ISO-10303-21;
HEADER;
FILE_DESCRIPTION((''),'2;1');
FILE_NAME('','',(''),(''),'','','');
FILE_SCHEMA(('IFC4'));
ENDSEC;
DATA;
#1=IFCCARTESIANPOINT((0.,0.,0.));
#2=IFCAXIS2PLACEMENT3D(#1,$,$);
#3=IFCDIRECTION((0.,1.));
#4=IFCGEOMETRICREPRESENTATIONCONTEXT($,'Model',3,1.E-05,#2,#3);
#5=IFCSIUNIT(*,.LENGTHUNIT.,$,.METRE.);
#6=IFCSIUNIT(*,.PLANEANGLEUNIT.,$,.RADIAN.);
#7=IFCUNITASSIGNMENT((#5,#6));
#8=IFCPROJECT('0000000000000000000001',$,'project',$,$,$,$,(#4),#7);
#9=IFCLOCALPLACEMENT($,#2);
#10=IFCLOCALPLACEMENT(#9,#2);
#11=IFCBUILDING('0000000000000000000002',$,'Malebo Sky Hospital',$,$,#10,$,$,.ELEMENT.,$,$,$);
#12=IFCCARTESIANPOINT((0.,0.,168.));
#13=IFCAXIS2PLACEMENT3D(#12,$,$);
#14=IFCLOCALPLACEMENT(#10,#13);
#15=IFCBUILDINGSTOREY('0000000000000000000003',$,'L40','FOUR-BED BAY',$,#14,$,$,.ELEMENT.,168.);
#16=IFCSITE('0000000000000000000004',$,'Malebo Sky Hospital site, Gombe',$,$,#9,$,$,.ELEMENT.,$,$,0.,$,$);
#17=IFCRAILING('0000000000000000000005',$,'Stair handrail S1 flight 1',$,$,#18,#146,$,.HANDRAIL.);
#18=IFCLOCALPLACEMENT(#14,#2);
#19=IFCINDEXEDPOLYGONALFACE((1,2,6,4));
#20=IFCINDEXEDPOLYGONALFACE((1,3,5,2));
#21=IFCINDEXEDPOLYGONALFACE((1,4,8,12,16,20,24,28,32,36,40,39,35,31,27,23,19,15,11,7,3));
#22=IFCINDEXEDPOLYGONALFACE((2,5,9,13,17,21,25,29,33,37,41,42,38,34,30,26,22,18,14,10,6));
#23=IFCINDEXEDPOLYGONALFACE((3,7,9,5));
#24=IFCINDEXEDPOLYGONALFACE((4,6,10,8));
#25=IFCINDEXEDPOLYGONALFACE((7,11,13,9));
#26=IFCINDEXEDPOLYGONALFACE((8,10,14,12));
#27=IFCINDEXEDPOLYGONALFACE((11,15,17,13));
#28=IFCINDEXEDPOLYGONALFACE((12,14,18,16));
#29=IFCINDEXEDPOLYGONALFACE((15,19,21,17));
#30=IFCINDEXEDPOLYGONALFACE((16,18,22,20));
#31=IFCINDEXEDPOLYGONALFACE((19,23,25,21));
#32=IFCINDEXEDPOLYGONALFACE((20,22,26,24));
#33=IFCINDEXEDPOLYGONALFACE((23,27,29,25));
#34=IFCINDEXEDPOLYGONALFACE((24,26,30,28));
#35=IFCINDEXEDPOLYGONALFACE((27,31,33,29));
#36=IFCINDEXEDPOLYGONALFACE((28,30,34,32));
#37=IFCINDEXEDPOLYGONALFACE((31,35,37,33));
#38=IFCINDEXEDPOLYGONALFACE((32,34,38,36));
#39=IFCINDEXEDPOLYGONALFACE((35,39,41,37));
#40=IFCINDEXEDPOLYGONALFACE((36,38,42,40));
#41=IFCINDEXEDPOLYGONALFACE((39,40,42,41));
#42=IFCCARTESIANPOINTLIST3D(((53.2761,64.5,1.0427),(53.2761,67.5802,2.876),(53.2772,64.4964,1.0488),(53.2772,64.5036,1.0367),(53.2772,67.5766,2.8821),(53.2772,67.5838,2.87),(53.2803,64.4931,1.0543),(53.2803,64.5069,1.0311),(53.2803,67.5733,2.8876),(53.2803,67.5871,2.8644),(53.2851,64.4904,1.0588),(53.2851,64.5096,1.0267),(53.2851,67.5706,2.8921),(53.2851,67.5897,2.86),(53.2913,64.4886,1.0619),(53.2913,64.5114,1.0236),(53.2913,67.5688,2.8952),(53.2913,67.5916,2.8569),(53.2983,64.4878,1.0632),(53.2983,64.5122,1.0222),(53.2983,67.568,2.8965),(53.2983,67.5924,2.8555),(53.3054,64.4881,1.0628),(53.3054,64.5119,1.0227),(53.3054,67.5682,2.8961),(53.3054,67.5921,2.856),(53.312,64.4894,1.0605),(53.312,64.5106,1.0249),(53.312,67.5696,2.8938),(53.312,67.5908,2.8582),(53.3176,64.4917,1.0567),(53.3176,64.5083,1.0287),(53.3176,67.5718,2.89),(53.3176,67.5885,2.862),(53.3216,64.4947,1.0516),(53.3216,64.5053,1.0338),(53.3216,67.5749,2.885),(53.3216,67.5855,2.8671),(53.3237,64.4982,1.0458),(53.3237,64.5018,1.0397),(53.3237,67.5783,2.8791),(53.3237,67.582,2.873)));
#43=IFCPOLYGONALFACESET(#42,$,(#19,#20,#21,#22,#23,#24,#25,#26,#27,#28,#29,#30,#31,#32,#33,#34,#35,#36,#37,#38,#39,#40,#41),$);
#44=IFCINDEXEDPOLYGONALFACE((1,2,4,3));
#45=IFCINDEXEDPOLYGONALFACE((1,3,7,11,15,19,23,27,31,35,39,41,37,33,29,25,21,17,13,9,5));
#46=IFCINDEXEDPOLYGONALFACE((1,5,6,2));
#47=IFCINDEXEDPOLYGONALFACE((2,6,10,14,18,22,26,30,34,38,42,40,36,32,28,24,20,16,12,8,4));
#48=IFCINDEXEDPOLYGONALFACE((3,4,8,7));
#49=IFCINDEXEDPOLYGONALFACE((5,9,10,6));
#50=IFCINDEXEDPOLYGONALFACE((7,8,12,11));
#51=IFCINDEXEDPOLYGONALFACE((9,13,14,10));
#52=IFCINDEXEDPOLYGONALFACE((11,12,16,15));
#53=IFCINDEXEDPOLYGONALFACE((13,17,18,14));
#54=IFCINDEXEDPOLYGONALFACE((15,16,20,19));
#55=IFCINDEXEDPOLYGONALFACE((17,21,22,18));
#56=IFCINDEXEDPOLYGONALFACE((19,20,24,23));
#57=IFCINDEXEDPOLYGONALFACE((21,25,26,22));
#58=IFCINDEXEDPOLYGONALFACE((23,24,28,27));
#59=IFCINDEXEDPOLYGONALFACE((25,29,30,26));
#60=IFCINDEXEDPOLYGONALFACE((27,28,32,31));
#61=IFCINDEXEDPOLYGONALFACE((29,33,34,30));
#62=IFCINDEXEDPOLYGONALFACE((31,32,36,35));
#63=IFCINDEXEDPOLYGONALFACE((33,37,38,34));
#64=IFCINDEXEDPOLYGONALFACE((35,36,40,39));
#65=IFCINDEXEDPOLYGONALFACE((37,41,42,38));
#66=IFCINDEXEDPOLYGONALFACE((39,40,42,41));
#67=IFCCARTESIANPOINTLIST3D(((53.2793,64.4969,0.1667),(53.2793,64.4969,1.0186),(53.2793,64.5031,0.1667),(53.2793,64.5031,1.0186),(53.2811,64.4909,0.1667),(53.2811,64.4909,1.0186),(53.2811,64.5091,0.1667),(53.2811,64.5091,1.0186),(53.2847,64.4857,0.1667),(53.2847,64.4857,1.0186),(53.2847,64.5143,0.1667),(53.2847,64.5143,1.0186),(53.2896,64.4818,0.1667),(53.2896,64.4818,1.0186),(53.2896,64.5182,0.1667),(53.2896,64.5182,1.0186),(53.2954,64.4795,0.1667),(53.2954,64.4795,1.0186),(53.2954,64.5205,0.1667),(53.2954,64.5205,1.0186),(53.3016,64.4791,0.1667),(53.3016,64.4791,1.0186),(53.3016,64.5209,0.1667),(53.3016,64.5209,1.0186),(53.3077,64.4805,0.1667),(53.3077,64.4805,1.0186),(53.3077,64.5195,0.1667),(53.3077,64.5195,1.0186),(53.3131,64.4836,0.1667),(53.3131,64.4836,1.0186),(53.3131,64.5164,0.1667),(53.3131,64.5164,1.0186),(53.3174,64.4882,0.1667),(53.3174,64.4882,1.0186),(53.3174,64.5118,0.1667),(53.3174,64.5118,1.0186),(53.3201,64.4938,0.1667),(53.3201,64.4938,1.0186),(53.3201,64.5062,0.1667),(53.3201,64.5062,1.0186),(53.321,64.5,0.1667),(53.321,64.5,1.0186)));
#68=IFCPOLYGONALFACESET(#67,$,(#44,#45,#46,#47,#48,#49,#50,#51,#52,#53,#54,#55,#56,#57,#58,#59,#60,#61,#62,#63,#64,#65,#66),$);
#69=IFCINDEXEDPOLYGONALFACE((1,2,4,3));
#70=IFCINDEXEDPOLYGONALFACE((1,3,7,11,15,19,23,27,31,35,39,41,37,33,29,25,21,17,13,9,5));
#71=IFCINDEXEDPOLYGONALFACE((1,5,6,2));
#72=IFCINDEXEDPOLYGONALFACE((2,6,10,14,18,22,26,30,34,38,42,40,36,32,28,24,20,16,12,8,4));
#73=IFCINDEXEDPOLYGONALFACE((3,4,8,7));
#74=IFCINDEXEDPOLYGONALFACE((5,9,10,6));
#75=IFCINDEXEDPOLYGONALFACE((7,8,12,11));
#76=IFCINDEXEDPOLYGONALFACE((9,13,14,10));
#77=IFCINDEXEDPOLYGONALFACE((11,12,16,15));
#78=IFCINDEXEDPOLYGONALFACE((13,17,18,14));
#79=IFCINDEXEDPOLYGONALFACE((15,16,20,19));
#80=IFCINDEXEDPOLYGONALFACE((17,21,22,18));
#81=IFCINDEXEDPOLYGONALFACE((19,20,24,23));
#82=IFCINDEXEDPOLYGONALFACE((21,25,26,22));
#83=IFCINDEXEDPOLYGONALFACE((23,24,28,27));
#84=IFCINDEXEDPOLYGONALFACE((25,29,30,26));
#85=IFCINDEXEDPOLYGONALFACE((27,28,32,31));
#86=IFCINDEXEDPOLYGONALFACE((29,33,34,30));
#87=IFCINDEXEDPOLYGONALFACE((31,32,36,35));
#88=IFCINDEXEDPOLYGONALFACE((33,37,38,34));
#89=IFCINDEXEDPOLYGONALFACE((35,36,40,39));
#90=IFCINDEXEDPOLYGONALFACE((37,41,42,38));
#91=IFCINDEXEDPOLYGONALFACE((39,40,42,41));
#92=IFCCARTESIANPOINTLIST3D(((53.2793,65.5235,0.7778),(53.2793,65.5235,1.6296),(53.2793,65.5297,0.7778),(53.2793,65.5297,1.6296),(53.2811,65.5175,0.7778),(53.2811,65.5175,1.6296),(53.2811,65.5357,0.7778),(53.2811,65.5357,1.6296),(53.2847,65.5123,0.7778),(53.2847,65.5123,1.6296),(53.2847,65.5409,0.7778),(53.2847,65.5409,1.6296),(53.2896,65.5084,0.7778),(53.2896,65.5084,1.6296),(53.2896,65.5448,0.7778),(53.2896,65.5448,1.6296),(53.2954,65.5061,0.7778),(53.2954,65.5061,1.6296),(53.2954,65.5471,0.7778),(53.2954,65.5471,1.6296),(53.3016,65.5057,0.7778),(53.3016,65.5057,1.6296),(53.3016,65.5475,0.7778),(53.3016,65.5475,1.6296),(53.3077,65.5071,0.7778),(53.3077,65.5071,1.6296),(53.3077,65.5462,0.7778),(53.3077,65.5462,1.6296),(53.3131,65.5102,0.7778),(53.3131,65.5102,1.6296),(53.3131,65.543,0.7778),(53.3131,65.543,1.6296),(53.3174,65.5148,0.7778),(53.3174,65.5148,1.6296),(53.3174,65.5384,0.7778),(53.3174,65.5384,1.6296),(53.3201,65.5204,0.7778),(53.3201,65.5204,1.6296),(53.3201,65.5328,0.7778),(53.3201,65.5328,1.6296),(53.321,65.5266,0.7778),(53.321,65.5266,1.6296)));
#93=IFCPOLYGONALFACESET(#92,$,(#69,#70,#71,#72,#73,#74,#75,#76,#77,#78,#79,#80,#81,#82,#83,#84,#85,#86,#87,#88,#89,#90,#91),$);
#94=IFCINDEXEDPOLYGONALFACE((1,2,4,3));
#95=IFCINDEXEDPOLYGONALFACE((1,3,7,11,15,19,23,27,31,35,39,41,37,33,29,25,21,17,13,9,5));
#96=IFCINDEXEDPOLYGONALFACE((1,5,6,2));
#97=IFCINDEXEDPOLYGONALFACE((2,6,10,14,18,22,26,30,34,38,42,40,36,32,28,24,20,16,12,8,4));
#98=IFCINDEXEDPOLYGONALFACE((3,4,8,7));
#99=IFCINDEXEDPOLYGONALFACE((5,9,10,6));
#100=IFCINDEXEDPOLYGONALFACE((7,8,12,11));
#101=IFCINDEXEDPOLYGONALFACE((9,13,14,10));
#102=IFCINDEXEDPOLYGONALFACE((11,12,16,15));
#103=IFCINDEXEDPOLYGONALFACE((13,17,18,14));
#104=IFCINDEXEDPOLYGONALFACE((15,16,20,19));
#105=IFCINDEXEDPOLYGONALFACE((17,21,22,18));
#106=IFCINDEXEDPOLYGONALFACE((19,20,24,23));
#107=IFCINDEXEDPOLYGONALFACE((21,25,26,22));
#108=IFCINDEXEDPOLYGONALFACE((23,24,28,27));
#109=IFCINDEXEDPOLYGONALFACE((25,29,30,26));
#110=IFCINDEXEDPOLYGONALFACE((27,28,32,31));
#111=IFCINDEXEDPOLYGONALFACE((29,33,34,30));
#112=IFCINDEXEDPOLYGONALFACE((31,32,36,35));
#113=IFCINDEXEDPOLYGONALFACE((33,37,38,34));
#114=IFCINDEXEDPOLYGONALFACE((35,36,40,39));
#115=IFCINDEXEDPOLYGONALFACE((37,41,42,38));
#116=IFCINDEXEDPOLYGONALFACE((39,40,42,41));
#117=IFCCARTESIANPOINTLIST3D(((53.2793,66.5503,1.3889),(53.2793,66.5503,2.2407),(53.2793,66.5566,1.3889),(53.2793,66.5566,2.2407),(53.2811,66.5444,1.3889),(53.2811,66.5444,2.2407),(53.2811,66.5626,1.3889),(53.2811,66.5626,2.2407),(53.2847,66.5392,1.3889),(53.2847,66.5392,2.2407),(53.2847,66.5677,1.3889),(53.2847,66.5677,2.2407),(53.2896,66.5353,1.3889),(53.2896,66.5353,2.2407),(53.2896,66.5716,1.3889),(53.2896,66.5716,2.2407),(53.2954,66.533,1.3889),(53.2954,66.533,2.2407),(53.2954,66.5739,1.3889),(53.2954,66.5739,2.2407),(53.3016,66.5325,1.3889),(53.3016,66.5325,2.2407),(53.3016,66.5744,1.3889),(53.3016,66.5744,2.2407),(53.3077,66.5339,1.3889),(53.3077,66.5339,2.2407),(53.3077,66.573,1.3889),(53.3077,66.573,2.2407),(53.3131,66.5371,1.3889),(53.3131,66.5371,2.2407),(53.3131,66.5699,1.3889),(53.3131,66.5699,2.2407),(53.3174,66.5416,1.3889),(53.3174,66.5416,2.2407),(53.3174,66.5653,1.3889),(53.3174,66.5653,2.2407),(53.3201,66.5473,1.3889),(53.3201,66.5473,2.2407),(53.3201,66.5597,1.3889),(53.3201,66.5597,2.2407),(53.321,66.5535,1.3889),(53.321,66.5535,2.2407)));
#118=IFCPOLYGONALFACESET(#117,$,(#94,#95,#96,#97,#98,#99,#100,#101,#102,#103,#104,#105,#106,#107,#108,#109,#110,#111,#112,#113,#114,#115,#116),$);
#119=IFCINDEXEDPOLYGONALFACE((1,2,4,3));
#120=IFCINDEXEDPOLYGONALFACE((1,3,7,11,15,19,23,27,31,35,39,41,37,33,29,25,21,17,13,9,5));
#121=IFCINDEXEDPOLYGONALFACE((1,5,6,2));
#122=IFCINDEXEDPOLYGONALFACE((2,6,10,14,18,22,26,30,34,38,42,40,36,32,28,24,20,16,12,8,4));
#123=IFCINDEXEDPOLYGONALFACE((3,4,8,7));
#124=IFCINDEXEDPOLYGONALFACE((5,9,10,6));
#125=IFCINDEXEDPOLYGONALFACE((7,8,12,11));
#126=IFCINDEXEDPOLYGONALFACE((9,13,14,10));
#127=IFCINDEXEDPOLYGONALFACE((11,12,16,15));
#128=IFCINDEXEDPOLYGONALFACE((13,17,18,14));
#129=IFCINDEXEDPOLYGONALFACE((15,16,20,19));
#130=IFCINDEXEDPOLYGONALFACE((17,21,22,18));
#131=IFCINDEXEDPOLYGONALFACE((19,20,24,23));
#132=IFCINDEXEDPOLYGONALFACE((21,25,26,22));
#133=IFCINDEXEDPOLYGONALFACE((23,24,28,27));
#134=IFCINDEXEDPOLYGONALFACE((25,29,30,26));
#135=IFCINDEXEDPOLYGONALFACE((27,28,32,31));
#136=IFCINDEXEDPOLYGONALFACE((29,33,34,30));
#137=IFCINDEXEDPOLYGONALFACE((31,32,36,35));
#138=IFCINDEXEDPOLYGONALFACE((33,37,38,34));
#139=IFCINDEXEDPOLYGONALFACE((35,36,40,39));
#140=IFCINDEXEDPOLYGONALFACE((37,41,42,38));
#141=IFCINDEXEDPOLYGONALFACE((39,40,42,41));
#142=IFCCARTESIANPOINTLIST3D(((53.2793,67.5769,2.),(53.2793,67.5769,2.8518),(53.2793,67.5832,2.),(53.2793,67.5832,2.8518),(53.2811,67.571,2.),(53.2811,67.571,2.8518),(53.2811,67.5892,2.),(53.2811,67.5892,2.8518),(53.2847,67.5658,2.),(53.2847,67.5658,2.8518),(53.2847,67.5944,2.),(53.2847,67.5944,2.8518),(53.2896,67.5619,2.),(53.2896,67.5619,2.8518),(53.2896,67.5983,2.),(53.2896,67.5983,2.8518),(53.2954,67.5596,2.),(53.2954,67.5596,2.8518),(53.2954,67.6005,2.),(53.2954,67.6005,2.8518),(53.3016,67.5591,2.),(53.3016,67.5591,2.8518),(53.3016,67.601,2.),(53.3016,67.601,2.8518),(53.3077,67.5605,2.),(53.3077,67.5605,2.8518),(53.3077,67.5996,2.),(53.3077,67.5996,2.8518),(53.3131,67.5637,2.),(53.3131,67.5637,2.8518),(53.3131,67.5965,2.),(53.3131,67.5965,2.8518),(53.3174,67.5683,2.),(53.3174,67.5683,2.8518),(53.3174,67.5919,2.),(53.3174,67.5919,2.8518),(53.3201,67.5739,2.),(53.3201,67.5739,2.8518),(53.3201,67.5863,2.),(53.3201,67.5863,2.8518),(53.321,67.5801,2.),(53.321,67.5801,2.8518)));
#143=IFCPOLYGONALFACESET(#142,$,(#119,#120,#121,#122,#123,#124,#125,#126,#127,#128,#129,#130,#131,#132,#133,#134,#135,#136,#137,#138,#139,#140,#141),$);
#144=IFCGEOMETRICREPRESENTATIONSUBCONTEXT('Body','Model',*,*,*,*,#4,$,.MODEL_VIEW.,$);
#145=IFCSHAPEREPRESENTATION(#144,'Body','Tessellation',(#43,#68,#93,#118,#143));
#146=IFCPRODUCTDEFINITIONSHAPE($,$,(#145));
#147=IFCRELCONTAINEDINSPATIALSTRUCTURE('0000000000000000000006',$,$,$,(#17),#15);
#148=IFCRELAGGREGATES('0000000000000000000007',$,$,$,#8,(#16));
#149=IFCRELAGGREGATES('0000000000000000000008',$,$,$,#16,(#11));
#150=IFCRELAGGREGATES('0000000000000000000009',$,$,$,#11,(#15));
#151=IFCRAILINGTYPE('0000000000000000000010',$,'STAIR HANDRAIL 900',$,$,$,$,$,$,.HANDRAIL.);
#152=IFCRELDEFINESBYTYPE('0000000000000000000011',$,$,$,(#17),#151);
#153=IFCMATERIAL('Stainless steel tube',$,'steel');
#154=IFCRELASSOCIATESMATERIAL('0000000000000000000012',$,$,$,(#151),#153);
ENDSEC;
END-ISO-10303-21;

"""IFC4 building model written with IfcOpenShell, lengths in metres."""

from ifc_helpers import new_model, si_unit, direction, frame, origin, origin_2d, place, context, subcontext, project, spatial, circle, extrude, material, type_object, element, save


model = new_model("IFC4")

# Units and contexts
model_context = context("Model", 3, precision=1e-05, world=origin(), true_north=direction((0.0, 1.0)))
body_context = subcontext(model_context, "Body", "Model", "MODEL_VIEW")
ifc_project = project(units=[si_unit("LENGTHUNIT", "METRE"), si_unit("PLANEANGLEUNIT", "RADIAN")], contexts=[model_context])

# Site, building, storey
site_placement = place(None, origin())
site = spatial("IfcSite", under=ifc_project, at=site_placement, Name="Malebo Sky Hospital site, Gombe", CompositionType="ELEMENT", RefElevation=0.0)
building_placement = place(site_placement, origin())
building = spatial("IfcBuilding", under=site, at=building_placement, Name="Malebo Sky Hospital", CompositionType="ELEMENT")
storey_placement = place(building_placement, frame((0.0, 0.0, 168.0)))
storey = spatial("IfcBuildingStorey", under=building, at=storey_placement, Name="L40", Description="FOUR-BED BAY", CompositionType="ELEMENT", Elevation=168.0)

# Railing
ifc_material_1 = material(Name="Stainless steel tube", Category="steel")
railing_type = type_object("IfcRailingType", Name="STAIR HANDRAIL 900", PredefinedType="HANDRAIL", material=ifc_material_1)
railing_1_placement = place(storey_placement, frame((53.3, 64.5, 0.1667)))
element("IfcRailing", 1, at=railing_1_placement, inside=storey, type_object=railing_type, Name="Stair handrail S1 flight 1", PredefinedType="HANDRAIL", context=body_context, shape_type="SweptSolid", body=[
    extrude(circle(Radius=0.0239, at=origin_2d()), frame((0.0, 0.0, 0.876), z_axis=(0.0, 0.859309, 0.511458), x_axis=(-1.0, 0.0, 0.0)), (0.0, 0.0, 1.0), 3.5845),
    extrude(circle(Radius=0.021, at=origin_2d()), origin(), (0.0, 0.0, 1.0), 0.8518),
    extrude(circle(Radius=0.021, at=origin_2d()), frame((0.0, 1.0266, 0.6111)), (0.0, 0.0, 1.0), 0.8518),
    extrude(circle(Radius=0.021, at=origin_2d()), frame((0.0, 2.0535, 1.2222)), (0.0, 0.0, 1.0), 0.8518),
    extrude(circle(Radius=0.021, at=origin_2d()), frame((0.0, 3.0801, 1.8333)), (0.0, 0.0, 1.0), 0.8518),
])

save(model, "model.ifc")
